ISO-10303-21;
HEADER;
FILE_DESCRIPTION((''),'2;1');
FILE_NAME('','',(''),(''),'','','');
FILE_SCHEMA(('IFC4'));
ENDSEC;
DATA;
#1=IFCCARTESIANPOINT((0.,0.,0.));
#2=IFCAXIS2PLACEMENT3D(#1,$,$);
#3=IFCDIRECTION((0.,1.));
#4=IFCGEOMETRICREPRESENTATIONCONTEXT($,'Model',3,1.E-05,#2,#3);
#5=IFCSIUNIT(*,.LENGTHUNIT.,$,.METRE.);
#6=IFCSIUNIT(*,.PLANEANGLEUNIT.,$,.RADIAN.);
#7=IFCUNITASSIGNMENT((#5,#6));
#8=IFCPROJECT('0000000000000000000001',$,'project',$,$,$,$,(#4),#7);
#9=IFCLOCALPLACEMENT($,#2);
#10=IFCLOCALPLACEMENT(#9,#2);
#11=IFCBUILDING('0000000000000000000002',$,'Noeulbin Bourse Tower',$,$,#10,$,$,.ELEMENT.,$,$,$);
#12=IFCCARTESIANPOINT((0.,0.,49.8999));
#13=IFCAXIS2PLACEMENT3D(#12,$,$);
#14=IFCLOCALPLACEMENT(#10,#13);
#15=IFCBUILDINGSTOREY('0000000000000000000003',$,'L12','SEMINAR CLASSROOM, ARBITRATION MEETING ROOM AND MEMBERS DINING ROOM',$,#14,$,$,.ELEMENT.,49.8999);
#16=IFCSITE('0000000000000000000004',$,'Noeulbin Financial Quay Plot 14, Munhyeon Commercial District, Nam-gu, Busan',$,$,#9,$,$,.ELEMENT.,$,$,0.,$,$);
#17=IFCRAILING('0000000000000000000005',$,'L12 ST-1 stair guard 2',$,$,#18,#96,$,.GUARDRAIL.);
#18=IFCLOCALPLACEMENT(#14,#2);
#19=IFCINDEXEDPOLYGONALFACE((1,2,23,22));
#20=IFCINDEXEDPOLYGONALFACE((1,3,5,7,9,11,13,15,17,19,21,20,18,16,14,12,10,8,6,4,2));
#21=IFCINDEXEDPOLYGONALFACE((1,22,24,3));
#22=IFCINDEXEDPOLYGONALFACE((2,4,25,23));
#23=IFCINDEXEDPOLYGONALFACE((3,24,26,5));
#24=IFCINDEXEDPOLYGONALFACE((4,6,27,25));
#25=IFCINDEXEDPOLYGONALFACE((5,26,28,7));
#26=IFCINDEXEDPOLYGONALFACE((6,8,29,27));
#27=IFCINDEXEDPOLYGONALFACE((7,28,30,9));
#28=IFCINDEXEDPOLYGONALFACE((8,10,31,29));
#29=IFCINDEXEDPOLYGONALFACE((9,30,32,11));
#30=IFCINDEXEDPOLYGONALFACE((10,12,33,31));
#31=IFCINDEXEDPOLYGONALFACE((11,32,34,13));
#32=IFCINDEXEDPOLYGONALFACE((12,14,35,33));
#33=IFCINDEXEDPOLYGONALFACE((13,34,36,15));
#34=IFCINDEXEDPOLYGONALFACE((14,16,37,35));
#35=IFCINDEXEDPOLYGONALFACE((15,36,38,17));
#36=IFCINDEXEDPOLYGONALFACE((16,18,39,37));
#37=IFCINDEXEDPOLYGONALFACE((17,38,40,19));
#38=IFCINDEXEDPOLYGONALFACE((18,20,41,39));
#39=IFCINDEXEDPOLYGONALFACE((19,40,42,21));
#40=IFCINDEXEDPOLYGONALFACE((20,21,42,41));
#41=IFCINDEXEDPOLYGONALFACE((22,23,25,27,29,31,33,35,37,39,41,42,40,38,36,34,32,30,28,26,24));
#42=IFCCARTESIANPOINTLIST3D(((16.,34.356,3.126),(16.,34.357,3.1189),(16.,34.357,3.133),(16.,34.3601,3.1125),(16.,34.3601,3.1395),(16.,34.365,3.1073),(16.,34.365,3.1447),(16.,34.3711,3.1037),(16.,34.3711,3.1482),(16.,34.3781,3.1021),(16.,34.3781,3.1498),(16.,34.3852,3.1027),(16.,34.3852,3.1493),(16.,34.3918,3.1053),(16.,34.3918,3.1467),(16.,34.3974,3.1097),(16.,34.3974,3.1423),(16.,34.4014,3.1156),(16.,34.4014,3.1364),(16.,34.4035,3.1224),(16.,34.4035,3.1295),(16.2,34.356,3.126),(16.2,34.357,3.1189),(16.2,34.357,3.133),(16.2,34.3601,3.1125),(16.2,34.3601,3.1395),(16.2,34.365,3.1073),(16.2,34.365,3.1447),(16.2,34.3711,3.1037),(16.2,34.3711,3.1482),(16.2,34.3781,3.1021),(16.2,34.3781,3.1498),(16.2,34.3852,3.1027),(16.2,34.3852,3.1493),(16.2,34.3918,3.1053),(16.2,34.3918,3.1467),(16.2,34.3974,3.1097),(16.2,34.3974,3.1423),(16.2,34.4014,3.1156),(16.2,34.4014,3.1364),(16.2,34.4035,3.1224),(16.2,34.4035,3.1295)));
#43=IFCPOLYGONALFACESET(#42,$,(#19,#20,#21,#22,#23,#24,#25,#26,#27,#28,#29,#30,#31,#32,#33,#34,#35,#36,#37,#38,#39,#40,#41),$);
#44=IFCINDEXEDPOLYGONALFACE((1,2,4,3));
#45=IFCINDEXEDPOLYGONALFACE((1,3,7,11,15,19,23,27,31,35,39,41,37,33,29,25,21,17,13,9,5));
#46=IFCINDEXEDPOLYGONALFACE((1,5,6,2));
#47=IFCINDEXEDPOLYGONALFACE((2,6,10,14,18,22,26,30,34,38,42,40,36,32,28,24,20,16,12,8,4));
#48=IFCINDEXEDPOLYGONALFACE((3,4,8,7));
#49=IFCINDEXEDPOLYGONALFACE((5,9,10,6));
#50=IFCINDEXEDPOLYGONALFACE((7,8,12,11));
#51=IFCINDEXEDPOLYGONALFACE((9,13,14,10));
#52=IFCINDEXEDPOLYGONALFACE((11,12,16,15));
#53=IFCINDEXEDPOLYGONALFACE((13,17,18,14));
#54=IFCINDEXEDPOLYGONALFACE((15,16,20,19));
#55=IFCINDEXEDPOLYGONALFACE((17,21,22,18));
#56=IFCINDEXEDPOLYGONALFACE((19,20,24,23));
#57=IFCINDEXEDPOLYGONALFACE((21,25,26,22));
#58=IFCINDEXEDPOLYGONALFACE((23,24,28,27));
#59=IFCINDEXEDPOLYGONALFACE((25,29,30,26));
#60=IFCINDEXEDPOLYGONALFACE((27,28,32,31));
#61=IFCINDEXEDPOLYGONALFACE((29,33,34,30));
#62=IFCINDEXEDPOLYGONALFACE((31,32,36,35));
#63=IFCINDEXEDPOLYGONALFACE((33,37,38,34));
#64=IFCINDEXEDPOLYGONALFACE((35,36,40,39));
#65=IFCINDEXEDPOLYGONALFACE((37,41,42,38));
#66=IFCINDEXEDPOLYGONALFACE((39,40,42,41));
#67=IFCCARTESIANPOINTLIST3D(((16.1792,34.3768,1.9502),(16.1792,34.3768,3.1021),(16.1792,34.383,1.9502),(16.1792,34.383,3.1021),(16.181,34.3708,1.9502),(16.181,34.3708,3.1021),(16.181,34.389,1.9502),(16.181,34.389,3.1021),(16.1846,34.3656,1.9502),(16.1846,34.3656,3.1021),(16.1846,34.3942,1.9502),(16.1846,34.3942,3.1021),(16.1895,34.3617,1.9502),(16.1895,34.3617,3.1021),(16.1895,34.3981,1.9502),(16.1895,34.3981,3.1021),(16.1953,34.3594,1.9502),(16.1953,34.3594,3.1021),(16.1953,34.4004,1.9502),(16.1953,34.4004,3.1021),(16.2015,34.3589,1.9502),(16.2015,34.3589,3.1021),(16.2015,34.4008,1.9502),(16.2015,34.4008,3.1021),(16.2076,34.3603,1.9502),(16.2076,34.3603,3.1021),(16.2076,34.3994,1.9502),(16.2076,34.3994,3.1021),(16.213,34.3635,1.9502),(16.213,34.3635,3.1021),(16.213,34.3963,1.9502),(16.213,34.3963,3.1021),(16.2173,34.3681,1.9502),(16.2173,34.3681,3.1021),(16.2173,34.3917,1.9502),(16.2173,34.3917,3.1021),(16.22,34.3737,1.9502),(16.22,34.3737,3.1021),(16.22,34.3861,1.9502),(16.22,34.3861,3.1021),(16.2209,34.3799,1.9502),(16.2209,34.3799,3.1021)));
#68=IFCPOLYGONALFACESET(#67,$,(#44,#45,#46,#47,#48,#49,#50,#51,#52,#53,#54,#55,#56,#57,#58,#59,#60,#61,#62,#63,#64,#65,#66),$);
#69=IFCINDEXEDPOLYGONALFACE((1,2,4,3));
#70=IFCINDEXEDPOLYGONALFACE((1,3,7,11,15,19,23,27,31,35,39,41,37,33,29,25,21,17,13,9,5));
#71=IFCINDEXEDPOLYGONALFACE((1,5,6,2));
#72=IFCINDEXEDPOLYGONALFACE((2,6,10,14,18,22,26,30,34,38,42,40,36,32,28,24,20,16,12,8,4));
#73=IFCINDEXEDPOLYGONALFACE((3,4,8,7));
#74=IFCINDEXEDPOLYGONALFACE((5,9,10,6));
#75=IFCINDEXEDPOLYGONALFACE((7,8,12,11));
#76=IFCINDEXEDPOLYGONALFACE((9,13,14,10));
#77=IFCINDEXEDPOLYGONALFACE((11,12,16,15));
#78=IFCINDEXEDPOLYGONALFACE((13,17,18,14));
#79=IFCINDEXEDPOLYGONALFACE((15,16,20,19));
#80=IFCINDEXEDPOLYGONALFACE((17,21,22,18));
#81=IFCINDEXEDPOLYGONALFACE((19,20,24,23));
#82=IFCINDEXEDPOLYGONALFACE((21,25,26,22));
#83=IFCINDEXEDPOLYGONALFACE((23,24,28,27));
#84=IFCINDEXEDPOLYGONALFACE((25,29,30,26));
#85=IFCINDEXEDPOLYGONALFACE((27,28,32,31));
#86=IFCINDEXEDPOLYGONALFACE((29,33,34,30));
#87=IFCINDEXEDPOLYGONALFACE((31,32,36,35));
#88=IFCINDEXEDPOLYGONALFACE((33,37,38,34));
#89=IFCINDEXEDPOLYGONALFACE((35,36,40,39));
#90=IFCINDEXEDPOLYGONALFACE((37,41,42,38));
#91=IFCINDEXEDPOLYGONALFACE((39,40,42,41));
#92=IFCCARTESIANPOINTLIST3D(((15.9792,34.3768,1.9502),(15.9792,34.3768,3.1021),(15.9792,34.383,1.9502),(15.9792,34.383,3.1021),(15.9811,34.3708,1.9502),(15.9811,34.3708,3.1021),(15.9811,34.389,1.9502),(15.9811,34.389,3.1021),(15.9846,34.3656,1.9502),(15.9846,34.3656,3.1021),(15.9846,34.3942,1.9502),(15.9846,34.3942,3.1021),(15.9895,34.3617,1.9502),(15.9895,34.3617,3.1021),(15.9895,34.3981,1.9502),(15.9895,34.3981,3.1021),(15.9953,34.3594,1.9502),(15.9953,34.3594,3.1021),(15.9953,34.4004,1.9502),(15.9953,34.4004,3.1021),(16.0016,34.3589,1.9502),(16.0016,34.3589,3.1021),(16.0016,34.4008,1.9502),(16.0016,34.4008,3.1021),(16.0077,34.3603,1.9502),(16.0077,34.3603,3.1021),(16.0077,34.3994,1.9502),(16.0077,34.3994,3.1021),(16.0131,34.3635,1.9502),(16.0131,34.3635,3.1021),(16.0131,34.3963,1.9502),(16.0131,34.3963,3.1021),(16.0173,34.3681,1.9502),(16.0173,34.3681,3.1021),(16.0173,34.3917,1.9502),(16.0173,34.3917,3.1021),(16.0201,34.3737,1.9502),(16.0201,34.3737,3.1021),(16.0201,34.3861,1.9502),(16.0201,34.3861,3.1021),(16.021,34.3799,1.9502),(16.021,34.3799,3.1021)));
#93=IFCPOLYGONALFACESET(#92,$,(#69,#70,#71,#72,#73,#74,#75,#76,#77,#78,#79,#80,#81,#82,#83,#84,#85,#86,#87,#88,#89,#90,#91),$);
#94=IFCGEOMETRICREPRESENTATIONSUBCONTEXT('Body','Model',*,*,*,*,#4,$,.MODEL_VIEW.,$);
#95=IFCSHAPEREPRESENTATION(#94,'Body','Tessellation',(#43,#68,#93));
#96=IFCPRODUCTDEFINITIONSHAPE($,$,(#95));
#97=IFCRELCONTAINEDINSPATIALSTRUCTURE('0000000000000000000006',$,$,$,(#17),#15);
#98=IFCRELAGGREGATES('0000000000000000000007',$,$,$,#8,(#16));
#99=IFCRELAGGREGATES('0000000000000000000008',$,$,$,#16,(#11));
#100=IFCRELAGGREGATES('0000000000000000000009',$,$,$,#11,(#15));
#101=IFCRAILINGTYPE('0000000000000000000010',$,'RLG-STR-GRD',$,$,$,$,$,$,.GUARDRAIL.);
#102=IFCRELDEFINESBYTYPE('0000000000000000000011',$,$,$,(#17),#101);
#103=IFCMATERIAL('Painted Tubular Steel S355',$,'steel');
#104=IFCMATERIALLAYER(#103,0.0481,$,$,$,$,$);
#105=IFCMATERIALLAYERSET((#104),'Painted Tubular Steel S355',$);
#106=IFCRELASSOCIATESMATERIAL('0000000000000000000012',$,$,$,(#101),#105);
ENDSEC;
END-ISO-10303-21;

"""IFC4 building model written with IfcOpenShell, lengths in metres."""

from ifc_helpers import new_model, si_unit, direction, frame, origin, origin_2d, place, context, subcontext, project, spatial, circle, extrude, material, layer, layer_set, type_object, element, save


model = new_model("IFC4")

# Units and contexts
model_context = context("Model", 3, precision=1e-05, world=origin(), true_north=direction((0.0, 1.0)))
body_context = subcontext(model_context, "Body", "Model", "MODEL_VIEW")
ifc_project = project(units=[si_unit("LENGTHUNIT", "METRE"), si_unit("PLANEANGLEUNIT", "RADIAN")], contexts=[model_context])

# Site, building, storey
site_placement = place(None, origin())
site = spatial("IfcSite", under=ifc_project, at=site_placement, Name="Noeulbin Financial Quay Plot 14, Munhyeon Commercial District, Nam-gu, Busan", CompositionType="ELEMENT", RefElevation=0.0)
building_placement = place(site_placement, origin())
building = spatial("IfcBuilding", under=site, at=building_placement, Name="Noeulbin Bourse Tower", CompositionType="ELEMENT")
storey_placement = place(building_placement, frame((0.0, 0.0, 49.8999)))
storey = spatial("IfcBuildingStorey", under=building, at=storey_placement, Name="L12", Description="SEMINAR CLASSROOM, ARBITRATION MEETING ROOM AND MEMBERS DINING ROOM", CompositionType="ELEMENT", Elevation=49.8999)

# Railing
ifc_material_1 = material(Name="Painted Tubular Steel S355", Category="steel")
ifc_layer_1 = layer(ifc_material_1, 0.0481)
ifc_layer_set_1 = layer_set([ifc_layer_1], Name="Painted Tubular Steel S355")
railing_type_1 = type_object("IfcRailingType", Name="RLG-STR-GRD", PredefinedType="GUARDRAIL", material=ifc_layer_set_1)
railing_1_placement = place(storey_placement, frame((16.2, 34.3799, 1.9502)))
element("IfcRailing", 1, at=railing_1_placement, inside=storey, type_object=railing_type_1, Name="L12 ST-1 stair guard 2", PredefinedType="GUARDRAIL", context=body_context, shape_type="SweptSolid", body=[
    extrude(circle(Radius=0.0239, at=origin_2d()), frame((0.0, 0.0, 1.1758), z_axis=(-1.0, 0.0, 0.0), x_axis=(0.0, -1.0, 0.0)), (0.0, 0.0, 1.0), 0.2),
    extrude(circle(Radius=0.021, at=origin_2d()), origin(), (0.0, 0.0, 1.0), 1.1519),
    extrude(circle(Radius=0.021, at=origin_2d()), frame((-0.2, 0.0, 0.0)), (0.0, 0.0, 1.0), 1.1519),
])

save(model, "model.ifc")
